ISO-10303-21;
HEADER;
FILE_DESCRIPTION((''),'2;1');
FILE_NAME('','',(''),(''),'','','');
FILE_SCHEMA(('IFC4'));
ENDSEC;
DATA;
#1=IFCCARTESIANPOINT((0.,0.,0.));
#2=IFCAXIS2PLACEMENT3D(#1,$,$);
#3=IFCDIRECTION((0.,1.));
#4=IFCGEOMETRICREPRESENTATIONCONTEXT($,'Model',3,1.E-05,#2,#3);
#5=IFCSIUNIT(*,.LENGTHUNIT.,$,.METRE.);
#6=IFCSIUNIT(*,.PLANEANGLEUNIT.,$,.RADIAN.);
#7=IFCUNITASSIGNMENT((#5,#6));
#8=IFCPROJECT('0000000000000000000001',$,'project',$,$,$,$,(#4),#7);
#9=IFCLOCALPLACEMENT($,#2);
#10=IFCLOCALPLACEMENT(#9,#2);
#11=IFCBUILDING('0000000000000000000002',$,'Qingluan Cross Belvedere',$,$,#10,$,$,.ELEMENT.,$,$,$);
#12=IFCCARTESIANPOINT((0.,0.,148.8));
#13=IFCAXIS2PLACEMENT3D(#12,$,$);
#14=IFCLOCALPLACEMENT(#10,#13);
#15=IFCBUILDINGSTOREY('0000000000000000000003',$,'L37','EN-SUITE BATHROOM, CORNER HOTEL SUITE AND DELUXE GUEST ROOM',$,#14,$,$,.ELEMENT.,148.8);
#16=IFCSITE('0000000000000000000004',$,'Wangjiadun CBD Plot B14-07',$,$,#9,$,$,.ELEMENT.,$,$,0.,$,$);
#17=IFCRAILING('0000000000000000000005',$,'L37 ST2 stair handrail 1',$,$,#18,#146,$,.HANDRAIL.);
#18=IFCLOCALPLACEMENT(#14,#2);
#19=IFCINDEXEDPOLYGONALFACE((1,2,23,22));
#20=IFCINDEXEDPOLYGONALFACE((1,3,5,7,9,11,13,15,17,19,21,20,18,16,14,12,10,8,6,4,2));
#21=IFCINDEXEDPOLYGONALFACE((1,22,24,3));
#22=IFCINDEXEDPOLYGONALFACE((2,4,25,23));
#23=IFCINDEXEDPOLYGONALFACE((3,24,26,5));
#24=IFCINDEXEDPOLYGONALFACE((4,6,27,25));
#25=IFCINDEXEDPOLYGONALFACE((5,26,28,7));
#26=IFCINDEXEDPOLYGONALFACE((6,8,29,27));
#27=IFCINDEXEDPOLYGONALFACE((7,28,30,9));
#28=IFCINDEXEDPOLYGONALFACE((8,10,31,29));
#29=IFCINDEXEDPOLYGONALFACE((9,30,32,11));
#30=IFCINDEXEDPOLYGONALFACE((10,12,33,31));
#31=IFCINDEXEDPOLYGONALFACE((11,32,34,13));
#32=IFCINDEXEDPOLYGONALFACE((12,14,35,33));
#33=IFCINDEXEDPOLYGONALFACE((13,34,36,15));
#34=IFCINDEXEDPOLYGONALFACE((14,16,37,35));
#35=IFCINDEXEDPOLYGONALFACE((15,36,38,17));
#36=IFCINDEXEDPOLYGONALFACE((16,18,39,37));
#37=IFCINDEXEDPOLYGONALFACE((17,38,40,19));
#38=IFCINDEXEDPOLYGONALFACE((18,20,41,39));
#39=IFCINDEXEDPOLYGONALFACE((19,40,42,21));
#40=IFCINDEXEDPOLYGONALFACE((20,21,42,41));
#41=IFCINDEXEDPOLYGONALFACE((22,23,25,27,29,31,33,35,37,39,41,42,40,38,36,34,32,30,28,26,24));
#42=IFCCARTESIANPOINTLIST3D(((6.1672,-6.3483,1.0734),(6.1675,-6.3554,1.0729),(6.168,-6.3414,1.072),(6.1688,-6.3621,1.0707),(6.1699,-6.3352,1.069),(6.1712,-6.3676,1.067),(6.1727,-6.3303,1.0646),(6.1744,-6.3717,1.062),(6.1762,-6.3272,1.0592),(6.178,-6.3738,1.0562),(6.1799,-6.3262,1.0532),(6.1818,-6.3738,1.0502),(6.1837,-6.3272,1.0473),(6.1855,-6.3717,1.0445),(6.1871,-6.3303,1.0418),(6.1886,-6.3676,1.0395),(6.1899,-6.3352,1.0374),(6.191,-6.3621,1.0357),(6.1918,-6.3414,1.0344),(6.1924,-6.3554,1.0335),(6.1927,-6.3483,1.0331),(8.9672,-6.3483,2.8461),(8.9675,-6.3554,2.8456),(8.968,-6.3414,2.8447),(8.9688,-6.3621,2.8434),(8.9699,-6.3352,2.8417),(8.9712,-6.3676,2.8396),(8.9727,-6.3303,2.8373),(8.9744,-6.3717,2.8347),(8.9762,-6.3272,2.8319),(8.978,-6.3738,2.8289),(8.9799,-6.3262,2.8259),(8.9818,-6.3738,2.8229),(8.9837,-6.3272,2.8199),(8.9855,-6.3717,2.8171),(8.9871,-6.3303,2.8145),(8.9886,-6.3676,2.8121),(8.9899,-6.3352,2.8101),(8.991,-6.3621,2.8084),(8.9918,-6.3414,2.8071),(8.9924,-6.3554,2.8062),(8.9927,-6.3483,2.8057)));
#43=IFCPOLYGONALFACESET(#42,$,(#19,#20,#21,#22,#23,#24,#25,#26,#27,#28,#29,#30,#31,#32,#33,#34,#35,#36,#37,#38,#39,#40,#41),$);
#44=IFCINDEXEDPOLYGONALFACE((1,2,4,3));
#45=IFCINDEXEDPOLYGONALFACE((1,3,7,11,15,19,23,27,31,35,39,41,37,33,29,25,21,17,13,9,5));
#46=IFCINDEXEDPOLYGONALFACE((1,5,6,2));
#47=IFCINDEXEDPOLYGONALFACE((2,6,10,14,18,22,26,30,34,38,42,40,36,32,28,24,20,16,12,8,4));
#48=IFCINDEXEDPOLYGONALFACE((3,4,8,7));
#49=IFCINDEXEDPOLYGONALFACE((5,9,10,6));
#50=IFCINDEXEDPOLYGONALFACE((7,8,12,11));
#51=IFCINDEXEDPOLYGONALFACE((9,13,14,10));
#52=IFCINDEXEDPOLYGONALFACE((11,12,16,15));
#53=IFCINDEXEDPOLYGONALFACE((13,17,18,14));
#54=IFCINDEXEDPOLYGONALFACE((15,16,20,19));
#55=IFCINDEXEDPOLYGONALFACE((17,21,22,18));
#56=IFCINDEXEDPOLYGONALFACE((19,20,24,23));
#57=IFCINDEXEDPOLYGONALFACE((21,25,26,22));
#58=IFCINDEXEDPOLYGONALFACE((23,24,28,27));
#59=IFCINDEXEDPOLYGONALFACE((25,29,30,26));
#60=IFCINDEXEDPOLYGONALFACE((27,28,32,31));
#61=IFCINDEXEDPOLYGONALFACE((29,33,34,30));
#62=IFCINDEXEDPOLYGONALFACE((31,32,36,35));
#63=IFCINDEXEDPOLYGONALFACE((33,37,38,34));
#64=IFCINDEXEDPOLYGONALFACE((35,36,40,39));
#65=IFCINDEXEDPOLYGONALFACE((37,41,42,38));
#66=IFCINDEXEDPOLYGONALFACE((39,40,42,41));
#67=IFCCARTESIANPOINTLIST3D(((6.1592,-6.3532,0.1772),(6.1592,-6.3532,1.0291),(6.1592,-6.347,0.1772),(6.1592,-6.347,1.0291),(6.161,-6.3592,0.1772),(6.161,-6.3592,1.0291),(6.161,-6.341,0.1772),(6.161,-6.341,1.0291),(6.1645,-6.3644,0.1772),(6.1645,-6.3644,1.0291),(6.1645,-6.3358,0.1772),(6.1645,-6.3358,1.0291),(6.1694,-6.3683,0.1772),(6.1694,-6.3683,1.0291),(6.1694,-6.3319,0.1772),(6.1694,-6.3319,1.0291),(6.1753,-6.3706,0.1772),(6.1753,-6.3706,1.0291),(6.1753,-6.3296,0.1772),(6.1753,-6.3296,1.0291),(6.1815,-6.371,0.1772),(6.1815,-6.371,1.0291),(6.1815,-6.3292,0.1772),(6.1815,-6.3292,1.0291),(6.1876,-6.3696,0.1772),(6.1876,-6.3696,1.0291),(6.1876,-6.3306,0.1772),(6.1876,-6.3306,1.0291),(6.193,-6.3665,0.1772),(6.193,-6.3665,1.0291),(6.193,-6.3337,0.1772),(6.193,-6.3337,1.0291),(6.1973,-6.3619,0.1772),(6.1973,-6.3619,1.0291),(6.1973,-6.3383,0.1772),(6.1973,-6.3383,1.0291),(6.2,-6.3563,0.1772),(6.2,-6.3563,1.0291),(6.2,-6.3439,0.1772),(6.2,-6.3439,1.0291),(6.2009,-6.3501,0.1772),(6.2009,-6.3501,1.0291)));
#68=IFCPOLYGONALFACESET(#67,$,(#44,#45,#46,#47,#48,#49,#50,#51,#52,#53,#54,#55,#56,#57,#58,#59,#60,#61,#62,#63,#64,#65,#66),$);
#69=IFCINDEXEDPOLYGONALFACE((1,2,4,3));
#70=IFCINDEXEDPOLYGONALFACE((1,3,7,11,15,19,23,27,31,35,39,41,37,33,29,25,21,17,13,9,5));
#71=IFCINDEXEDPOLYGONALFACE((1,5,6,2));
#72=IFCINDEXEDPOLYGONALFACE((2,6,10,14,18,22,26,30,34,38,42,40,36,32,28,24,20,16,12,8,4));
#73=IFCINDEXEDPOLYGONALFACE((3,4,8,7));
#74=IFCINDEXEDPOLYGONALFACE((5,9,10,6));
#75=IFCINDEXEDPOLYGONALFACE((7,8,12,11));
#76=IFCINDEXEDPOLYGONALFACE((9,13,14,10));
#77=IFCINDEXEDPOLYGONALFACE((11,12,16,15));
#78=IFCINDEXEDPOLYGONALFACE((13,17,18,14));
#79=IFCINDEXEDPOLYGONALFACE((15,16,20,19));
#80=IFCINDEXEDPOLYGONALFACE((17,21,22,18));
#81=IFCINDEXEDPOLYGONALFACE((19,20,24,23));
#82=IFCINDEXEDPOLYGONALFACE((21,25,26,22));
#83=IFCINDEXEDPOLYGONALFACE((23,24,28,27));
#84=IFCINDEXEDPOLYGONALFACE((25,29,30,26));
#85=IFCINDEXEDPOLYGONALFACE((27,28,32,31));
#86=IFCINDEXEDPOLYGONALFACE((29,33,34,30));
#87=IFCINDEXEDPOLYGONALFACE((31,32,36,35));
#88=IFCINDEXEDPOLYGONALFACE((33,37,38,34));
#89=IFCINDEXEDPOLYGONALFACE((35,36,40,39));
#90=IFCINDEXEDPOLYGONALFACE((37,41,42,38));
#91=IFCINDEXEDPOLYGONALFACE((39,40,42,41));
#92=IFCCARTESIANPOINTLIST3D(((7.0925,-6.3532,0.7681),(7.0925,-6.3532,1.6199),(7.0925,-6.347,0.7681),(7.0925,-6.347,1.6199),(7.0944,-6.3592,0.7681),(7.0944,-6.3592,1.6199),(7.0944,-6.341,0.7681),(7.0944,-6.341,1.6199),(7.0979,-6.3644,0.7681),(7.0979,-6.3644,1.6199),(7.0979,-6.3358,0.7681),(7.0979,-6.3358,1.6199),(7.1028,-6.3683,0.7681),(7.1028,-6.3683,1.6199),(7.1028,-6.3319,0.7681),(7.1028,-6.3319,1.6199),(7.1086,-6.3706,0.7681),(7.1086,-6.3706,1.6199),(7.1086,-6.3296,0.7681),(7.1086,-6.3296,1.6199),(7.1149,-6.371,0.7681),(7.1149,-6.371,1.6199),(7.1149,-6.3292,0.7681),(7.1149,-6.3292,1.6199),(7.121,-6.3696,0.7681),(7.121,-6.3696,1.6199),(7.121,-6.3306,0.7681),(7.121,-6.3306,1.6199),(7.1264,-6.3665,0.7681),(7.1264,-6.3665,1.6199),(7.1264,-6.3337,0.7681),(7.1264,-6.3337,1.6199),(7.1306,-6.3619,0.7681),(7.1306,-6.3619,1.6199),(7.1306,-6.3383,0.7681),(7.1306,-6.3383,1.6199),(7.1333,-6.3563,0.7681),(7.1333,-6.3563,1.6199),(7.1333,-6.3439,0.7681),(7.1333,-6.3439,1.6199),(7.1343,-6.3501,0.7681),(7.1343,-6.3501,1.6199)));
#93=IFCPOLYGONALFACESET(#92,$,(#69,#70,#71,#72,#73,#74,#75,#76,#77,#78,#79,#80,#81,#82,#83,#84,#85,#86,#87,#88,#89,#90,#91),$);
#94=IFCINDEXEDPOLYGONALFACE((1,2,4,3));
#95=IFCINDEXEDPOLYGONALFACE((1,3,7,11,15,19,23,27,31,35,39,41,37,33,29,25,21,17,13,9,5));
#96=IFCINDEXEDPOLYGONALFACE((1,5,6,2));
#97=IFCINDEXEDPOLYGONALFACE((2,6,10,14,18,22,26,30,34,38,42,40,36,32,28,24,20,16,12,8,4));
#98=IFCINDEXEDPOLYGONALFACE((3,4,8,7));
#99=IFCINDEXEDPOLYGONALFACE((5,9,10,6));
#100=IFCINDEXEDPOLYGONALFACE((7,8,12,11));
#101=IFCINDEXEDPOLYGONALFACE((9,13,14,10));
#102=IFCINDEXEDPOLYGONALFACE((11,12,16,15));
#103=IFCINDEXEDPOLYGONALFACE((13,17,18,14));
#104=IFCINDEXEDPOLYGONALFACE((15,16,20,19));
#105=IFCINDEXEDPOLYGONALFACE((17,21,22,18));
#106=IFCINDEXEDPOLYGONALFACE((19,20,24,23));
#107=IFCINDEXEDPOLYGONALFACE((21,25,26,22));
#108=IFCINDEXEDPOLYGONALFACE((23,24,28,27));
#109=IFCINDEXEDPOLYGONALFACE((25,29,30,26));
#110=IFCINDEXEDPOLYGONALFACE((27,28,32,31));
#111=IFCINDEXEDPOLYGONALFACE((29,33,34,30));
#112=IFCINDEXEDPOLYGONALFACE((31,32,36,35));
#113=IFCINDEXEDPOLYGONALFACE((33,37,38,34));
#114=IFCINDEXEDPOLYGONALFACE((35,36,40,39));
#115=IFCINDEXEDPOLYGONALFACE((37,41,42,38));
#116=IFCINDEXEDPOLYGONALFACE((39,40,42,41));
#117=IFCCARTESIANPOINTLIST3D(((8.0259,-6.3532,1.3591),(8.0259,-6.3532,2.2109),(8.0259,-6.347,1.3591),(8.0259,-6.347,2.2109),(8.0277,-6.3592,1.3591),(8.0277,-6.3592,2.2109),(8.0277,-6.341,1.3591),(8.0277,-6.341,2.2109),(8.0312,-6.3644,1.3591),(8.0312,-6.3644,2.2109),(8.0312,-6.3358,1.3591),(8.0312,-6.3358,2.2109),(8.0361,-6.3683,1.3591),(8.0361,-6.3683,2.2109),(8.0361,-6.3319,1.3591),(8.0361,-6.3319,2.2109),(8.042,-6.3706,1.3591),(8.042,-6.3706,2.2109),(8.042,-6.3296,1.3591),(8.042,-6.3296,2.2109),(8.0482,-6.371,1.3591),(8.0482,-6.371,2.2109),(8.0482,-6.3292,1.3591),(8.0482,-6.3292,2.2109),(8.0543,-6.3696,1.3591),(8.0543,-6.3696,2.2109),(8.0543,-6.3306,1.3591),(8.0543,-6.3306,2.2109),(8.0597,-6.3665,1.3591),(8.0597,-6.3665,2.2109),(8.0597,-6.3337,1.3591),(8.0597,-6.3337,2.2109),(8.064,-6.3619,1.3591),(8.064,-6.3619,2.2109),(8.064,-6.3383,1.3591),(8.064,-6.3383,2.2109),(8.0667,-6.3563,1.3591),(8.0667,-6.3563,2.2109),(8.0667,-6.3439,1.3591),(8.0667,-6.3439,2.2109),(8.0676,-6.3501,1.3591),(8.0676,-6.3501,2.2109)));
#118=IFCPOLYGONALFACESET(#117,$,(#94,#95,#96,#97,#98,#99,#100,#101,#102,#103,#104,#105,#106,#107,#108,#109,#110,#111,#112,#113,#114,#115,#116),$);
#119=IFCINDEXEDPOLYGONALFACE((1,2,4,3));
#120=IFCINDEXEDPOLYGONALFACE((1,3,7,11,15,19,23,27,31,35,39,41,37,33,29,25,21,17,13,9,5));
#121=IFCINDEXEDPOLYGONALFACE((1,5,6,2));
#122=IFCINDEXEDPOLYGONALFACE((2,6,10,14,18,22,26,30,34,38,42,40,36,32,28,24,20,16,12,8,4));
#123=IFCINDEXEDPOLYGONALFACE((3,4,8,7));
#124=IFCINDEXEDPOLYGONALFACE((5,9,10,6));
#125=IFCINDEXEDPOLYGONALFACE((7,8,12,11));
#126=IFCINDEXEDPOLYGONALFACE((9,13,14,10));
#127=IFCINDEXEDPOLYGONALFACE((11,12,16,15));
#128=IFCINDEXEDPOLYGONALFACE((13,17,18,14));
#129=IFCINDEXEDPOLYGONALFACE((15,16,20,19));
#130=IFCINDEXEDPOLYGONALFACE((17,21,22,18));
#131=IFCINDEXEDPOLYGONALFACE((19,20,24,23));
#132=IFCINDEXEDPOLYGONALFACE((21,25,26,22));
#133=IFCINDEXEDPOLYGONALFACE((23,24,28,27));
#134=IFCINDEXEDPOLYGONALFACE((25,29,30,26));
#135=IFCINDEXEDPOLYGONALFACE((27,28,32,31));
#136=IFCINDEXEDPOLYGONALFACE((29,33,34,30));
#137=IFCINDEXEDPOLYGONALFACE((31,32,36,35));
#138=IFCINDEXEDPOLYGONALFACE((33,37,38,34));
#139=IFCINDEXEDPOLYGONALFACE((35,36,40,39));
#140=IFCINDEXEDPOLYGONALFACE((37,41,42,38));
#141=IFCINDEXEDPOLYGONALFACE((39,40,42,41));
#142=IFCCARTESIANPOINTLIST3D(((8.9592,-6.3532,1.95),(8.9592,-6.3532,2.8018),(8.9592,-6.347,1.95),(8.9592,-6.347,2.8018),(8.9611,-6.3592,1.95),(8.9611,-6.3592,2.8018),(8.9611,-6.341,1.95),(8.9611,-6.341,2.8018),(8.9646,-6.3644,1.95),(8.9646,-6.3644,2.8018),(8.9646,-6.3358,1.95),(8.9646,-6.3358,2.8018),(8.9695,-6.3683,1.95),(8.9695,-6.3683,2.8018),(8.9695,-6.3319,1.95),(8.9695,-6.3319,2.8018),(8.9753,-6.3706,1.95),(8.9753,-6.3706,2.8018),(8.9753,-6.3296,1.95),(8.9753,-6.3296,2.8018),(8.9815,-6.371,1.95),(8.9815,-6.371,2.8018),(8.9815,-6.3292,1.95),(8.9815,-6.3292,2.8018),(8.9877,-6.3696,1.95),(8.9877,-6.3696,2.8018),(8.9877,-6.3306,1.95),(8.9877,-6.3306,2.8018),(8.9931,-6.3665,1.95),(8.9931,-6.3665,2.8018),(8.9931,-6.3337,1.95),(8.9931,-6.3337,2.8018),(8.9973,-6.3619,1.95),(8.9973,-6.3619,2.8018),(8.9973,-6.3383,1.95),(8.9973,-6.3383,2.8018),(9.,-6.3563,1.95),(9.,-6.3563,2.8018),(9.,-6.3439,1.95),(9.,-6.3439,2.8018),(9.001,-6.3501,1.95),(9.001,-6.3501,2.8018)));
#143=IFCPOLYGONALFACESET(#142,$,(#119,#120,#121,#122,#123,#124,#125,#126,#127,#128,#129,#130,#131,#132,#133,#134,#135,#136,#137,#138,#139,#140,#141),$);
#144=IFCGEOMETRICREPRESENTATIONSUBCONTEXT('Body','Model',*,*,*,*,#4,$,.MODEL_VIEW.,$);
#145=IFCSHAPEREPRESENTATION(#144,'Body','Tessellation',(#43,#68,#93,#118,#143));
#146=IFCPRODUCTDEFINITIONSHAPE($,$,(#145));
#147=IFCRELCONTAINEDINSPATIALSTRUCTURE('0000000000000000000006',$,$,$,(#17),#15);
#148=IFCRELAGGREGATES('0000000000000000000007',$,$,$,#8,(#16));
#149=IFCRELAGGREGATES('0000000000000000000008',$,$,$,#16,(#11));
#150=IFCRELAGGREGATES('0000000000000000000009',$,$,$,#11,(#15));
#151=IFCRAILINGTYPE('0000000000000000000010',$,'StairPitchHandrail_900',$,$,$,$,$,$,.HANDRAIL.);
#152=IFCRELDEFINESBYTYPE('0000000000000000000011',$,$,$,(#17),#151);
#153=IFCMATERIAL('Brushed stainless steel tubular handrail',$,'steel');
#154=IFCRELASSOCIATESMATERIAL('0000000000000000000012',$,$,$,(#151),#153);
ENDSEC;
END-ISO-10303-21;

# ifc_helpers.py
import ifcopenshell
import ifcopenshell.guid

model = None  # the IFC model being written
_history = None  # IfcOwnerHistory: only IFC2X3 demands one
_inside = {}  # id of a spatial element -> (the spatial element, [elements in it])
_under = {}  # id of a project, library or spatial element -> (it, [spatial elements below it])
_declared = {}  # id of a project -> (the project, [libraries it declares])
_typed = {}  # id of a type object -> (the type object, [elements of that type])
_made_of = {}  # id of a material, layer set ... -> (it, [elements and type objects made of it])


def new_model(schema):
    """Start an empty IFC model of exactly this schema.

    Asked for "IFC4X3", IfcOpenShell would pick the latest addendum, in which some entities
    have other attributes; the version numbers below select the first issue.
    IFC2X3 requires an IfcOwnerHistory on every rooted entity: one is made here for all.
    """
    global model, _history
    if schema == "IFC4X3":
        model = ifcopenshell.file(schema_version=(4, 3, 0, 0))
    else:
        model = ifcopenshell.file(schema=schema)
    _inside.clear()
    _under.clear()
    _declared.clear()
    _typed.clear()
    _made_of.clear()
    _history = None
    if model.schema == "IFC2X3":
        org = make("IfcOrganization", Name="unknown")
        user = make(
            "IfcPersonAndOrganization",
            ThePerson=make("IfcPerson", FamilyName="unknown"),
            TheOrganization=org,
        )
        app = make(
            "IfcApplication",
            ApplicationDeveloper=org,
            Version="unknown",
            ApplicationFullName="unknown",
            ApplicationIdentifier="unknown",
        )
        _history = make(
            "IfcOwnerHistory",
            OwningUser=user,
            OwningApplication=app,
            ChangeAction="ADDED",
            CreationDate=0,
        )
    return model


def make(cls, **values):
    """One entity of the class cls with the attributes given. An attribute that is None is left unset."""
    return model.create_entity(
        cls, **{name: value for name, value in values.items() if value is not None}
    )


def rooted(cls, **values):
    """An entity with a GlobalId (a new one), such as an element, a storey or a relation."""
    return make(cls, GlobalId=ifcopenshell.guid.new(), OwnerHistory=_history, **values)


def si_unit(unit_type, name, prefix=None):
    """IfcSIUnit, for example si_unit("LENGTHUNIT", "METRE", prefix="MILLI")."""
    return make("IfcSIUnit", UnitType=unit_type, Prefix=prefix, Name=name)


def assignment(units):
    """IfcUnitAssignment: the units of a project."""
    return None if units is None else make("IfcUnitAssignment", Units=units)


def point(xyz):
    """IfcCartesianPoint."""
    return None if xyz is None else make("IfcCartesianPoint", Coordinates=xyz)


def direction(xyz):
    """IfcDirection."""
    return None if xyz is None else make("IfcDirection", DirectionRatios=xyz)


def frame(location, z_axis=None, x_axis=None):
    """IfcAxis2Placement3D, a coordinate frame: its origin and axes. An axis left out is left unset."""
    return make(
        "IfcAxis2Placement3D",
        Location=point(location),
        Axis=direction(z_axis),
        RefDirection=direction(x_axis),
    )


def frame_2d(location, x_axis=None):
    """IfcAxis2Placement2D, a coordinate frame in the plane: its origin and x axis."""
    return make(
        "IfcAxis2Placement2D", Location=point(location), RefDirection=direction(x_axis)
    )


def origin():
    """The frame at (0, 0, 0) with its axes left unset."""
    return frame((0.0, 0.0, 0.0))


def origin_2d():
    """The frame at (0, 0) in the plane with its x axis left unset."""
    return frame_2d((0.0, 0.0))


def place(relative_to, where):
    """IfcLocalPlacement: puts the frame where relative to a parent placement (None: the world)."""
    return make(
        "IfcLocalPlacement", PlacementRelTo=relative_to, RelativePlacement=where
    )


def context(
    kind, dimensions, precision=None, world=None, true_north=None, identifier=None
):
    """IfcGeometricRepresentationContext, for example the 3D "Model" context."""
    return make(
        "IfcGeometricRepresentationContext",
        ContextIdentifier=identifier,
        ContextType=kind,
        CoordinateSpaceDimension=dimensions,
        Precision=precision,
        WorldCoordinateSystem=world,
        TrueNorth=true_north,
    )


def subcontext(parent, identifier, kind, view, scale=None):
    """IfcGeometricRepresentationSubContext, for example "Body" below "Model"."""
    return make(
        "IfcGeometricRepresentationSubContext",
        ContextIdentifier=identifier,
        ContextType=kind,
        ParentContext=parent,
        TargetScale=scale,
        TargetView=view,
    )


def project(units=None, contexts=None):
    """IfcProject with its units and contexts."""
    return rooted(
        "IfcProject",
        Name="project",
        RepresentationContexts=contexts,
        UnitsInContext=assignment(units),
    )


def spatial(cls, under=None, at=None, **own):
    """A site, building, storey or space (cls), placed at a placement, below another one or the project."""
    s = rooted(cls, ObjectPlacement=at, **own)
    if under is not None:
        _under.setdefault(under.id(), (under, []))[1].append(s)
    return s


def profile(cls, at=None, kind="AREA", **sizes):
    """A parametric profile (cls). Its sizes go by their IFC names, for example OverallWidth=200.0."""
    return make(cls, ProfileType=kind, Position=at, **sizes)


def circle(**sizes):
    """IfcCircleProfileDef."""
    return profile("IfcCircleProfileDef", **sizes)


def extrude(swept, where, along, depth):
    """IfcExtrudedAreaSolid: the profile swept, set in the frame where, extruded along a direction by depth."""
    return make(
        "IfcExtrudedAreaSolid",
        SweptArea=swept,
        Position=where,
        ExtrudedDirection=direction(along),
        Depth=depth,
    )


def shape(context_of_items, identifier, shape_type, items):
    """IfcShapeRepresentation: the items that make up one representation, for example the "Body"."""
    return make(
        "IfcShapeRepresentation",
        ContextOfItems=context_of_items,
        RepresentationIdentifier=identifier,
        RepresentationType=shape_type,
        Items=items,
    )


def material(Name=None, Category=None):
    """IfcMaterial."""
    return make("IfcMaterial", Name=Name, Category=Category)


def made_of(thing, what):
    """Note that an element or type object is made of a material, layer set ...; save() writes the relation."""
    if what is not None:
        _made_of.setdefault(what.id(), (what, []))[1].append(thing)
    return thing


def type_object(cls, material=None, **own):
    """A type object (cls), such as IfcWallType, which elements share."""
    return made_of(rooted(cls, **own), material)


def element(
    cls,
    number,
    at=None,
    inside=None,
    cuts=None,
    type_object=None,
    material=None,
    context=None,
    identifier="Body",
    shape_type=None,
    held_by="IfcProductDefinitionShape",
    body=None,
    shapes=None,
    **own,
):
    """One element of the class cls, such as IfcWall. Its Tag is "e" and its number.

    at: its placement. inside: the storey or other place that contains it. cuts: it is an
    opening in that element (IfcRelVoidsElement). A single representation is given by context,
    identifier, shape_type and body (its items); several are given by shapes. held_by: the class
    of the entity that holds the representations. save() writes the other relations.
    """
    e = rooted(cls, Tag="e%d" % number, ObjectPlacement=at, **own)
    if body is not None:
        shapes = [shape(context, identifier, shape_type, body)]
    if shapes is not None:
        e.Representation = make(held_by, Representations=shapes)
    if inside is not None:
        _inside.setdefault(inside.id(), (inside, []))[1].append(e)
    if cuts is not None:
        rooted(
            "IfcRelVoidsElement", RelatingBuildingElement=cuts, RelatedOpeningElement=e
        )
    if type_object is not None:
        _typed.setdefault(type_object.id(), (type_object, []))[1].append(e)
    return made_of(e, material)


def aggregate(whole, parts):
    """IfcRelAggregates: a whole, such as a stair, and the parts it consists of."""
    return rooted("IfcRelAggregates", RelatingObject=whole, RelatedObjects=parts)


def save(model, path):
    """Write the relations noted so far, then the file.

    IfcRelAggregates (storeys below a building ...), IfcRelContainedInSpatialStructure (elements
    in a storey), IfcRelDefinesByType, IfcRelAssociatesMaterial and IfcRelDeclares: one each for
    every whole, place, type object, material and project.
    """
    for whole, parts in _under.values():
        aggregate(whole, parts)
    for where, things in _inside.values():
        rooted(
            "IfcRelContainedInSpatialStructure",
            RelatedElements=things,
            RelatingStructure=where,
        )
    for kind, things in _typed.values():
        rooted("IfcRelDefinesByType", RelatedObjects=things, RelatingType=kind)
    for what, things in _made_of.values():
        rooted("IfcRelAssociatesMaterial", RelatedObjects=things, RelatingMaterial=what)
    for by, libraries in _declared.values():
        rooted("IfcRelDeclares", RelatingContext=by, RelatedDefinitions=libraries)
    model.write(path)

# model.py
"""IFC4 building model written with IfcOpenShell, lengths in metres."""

from ifc_helpers import new_model, si_unit, direction, frame, origin, origin_2d, place, context, subcontext, project, spatial, circle, extrude, material, type_object, element, save


model = new_model("IFC4")

# Units and contexts
model_context = context("Model", 3, precision=1e-05, world=origin(), true_north=direction((0.0, 1.0)))
body_context = subcontext(model_context, "Body", "Model", "MODEL_VIEW")
ifc_project = project(units=[si_unit("LENGTHUNIT", "METRE"), si_unit("PLANEANGLEUNIT", "RADIAN")], contexts=[model_context])

# Site, building, storey
site_placement = place(None, origin())
site = spatial("IfcSite", under=ifc_project, at=site_placement, Name="Wangjiadun CBD Plot B14-07", CompositionType="ELEMENT", RefElevation=0.0)
building_placement = place(site_placement, origin())
building = spatial("IfcBuilding", under=site, at=building_placement, Name="Qingluan Cross Belvedere", CompositionType="ELEMENT")
storey_placement = place(building_placement, frame((0.0, 0.0, 148.8)))
storey = spatial("IfcBuildingStorey", under=building, at=storey_placement, Name="L37", Description="EN-SUITE BATHROOM, CORNER HOTEL SUITE AND DELUXE GUEST ROOM", CompositionType="ELEMENT", Elevation=148.8)

# Railing
ifc_material_1 = material(Name="Brushed stainless steel tubular handrail", Category="steel")
railing_type_1 = type_object("IfcRailingType", Name="StairPitchHandrail_900", PredefinedType="HANDRAIL", material=ifc_material_1)
railing_1_placement = place(storey_placement, frame((6.1799, -6.3501, 0.1772)))
element("IfcRailing", 1, at=railing_1_placement, inside=storey, type_object=railing_type_1, Name="L37 ST2 stair handrail 1", PredefinedType="HANDRAIL", context=body_context, shape_type="SweptSolid", body=[
    extrude(circle(Radius=0.0239, at=origin_2d()), frame((0.0, 0.0, 0.876), z_axis=(0.844909, 0.0, 0.53491), x_axis=(0.0, 1.0, 0.0)), (0.0, 0.0, 1.0), 3.314),
    extrude(circle(Radius=0.021, at=origin_2d()), origin(), (0.0, 0.0, 1.0), 0.8518),
    extrude(circle(Radius=0.021, at=origin_2d()), frame((0.9333, 0.0, 0.5908)), (0.0, 0.0, 1.0), 0.8518),
    extrude(circle(Radius=0.021, at=origin_2d()), frame((1.8667, 0.0, 1.1819)), (0.0, 0.0, 1.0), 0.8518),
    extrude(circle(Radius=0.021, at=origin_2d()), frame((2.8, 0.0, 1.7727)), (0.0, 0.0, 1.0), 0.8518),
])

save(model, "model.ifc")
